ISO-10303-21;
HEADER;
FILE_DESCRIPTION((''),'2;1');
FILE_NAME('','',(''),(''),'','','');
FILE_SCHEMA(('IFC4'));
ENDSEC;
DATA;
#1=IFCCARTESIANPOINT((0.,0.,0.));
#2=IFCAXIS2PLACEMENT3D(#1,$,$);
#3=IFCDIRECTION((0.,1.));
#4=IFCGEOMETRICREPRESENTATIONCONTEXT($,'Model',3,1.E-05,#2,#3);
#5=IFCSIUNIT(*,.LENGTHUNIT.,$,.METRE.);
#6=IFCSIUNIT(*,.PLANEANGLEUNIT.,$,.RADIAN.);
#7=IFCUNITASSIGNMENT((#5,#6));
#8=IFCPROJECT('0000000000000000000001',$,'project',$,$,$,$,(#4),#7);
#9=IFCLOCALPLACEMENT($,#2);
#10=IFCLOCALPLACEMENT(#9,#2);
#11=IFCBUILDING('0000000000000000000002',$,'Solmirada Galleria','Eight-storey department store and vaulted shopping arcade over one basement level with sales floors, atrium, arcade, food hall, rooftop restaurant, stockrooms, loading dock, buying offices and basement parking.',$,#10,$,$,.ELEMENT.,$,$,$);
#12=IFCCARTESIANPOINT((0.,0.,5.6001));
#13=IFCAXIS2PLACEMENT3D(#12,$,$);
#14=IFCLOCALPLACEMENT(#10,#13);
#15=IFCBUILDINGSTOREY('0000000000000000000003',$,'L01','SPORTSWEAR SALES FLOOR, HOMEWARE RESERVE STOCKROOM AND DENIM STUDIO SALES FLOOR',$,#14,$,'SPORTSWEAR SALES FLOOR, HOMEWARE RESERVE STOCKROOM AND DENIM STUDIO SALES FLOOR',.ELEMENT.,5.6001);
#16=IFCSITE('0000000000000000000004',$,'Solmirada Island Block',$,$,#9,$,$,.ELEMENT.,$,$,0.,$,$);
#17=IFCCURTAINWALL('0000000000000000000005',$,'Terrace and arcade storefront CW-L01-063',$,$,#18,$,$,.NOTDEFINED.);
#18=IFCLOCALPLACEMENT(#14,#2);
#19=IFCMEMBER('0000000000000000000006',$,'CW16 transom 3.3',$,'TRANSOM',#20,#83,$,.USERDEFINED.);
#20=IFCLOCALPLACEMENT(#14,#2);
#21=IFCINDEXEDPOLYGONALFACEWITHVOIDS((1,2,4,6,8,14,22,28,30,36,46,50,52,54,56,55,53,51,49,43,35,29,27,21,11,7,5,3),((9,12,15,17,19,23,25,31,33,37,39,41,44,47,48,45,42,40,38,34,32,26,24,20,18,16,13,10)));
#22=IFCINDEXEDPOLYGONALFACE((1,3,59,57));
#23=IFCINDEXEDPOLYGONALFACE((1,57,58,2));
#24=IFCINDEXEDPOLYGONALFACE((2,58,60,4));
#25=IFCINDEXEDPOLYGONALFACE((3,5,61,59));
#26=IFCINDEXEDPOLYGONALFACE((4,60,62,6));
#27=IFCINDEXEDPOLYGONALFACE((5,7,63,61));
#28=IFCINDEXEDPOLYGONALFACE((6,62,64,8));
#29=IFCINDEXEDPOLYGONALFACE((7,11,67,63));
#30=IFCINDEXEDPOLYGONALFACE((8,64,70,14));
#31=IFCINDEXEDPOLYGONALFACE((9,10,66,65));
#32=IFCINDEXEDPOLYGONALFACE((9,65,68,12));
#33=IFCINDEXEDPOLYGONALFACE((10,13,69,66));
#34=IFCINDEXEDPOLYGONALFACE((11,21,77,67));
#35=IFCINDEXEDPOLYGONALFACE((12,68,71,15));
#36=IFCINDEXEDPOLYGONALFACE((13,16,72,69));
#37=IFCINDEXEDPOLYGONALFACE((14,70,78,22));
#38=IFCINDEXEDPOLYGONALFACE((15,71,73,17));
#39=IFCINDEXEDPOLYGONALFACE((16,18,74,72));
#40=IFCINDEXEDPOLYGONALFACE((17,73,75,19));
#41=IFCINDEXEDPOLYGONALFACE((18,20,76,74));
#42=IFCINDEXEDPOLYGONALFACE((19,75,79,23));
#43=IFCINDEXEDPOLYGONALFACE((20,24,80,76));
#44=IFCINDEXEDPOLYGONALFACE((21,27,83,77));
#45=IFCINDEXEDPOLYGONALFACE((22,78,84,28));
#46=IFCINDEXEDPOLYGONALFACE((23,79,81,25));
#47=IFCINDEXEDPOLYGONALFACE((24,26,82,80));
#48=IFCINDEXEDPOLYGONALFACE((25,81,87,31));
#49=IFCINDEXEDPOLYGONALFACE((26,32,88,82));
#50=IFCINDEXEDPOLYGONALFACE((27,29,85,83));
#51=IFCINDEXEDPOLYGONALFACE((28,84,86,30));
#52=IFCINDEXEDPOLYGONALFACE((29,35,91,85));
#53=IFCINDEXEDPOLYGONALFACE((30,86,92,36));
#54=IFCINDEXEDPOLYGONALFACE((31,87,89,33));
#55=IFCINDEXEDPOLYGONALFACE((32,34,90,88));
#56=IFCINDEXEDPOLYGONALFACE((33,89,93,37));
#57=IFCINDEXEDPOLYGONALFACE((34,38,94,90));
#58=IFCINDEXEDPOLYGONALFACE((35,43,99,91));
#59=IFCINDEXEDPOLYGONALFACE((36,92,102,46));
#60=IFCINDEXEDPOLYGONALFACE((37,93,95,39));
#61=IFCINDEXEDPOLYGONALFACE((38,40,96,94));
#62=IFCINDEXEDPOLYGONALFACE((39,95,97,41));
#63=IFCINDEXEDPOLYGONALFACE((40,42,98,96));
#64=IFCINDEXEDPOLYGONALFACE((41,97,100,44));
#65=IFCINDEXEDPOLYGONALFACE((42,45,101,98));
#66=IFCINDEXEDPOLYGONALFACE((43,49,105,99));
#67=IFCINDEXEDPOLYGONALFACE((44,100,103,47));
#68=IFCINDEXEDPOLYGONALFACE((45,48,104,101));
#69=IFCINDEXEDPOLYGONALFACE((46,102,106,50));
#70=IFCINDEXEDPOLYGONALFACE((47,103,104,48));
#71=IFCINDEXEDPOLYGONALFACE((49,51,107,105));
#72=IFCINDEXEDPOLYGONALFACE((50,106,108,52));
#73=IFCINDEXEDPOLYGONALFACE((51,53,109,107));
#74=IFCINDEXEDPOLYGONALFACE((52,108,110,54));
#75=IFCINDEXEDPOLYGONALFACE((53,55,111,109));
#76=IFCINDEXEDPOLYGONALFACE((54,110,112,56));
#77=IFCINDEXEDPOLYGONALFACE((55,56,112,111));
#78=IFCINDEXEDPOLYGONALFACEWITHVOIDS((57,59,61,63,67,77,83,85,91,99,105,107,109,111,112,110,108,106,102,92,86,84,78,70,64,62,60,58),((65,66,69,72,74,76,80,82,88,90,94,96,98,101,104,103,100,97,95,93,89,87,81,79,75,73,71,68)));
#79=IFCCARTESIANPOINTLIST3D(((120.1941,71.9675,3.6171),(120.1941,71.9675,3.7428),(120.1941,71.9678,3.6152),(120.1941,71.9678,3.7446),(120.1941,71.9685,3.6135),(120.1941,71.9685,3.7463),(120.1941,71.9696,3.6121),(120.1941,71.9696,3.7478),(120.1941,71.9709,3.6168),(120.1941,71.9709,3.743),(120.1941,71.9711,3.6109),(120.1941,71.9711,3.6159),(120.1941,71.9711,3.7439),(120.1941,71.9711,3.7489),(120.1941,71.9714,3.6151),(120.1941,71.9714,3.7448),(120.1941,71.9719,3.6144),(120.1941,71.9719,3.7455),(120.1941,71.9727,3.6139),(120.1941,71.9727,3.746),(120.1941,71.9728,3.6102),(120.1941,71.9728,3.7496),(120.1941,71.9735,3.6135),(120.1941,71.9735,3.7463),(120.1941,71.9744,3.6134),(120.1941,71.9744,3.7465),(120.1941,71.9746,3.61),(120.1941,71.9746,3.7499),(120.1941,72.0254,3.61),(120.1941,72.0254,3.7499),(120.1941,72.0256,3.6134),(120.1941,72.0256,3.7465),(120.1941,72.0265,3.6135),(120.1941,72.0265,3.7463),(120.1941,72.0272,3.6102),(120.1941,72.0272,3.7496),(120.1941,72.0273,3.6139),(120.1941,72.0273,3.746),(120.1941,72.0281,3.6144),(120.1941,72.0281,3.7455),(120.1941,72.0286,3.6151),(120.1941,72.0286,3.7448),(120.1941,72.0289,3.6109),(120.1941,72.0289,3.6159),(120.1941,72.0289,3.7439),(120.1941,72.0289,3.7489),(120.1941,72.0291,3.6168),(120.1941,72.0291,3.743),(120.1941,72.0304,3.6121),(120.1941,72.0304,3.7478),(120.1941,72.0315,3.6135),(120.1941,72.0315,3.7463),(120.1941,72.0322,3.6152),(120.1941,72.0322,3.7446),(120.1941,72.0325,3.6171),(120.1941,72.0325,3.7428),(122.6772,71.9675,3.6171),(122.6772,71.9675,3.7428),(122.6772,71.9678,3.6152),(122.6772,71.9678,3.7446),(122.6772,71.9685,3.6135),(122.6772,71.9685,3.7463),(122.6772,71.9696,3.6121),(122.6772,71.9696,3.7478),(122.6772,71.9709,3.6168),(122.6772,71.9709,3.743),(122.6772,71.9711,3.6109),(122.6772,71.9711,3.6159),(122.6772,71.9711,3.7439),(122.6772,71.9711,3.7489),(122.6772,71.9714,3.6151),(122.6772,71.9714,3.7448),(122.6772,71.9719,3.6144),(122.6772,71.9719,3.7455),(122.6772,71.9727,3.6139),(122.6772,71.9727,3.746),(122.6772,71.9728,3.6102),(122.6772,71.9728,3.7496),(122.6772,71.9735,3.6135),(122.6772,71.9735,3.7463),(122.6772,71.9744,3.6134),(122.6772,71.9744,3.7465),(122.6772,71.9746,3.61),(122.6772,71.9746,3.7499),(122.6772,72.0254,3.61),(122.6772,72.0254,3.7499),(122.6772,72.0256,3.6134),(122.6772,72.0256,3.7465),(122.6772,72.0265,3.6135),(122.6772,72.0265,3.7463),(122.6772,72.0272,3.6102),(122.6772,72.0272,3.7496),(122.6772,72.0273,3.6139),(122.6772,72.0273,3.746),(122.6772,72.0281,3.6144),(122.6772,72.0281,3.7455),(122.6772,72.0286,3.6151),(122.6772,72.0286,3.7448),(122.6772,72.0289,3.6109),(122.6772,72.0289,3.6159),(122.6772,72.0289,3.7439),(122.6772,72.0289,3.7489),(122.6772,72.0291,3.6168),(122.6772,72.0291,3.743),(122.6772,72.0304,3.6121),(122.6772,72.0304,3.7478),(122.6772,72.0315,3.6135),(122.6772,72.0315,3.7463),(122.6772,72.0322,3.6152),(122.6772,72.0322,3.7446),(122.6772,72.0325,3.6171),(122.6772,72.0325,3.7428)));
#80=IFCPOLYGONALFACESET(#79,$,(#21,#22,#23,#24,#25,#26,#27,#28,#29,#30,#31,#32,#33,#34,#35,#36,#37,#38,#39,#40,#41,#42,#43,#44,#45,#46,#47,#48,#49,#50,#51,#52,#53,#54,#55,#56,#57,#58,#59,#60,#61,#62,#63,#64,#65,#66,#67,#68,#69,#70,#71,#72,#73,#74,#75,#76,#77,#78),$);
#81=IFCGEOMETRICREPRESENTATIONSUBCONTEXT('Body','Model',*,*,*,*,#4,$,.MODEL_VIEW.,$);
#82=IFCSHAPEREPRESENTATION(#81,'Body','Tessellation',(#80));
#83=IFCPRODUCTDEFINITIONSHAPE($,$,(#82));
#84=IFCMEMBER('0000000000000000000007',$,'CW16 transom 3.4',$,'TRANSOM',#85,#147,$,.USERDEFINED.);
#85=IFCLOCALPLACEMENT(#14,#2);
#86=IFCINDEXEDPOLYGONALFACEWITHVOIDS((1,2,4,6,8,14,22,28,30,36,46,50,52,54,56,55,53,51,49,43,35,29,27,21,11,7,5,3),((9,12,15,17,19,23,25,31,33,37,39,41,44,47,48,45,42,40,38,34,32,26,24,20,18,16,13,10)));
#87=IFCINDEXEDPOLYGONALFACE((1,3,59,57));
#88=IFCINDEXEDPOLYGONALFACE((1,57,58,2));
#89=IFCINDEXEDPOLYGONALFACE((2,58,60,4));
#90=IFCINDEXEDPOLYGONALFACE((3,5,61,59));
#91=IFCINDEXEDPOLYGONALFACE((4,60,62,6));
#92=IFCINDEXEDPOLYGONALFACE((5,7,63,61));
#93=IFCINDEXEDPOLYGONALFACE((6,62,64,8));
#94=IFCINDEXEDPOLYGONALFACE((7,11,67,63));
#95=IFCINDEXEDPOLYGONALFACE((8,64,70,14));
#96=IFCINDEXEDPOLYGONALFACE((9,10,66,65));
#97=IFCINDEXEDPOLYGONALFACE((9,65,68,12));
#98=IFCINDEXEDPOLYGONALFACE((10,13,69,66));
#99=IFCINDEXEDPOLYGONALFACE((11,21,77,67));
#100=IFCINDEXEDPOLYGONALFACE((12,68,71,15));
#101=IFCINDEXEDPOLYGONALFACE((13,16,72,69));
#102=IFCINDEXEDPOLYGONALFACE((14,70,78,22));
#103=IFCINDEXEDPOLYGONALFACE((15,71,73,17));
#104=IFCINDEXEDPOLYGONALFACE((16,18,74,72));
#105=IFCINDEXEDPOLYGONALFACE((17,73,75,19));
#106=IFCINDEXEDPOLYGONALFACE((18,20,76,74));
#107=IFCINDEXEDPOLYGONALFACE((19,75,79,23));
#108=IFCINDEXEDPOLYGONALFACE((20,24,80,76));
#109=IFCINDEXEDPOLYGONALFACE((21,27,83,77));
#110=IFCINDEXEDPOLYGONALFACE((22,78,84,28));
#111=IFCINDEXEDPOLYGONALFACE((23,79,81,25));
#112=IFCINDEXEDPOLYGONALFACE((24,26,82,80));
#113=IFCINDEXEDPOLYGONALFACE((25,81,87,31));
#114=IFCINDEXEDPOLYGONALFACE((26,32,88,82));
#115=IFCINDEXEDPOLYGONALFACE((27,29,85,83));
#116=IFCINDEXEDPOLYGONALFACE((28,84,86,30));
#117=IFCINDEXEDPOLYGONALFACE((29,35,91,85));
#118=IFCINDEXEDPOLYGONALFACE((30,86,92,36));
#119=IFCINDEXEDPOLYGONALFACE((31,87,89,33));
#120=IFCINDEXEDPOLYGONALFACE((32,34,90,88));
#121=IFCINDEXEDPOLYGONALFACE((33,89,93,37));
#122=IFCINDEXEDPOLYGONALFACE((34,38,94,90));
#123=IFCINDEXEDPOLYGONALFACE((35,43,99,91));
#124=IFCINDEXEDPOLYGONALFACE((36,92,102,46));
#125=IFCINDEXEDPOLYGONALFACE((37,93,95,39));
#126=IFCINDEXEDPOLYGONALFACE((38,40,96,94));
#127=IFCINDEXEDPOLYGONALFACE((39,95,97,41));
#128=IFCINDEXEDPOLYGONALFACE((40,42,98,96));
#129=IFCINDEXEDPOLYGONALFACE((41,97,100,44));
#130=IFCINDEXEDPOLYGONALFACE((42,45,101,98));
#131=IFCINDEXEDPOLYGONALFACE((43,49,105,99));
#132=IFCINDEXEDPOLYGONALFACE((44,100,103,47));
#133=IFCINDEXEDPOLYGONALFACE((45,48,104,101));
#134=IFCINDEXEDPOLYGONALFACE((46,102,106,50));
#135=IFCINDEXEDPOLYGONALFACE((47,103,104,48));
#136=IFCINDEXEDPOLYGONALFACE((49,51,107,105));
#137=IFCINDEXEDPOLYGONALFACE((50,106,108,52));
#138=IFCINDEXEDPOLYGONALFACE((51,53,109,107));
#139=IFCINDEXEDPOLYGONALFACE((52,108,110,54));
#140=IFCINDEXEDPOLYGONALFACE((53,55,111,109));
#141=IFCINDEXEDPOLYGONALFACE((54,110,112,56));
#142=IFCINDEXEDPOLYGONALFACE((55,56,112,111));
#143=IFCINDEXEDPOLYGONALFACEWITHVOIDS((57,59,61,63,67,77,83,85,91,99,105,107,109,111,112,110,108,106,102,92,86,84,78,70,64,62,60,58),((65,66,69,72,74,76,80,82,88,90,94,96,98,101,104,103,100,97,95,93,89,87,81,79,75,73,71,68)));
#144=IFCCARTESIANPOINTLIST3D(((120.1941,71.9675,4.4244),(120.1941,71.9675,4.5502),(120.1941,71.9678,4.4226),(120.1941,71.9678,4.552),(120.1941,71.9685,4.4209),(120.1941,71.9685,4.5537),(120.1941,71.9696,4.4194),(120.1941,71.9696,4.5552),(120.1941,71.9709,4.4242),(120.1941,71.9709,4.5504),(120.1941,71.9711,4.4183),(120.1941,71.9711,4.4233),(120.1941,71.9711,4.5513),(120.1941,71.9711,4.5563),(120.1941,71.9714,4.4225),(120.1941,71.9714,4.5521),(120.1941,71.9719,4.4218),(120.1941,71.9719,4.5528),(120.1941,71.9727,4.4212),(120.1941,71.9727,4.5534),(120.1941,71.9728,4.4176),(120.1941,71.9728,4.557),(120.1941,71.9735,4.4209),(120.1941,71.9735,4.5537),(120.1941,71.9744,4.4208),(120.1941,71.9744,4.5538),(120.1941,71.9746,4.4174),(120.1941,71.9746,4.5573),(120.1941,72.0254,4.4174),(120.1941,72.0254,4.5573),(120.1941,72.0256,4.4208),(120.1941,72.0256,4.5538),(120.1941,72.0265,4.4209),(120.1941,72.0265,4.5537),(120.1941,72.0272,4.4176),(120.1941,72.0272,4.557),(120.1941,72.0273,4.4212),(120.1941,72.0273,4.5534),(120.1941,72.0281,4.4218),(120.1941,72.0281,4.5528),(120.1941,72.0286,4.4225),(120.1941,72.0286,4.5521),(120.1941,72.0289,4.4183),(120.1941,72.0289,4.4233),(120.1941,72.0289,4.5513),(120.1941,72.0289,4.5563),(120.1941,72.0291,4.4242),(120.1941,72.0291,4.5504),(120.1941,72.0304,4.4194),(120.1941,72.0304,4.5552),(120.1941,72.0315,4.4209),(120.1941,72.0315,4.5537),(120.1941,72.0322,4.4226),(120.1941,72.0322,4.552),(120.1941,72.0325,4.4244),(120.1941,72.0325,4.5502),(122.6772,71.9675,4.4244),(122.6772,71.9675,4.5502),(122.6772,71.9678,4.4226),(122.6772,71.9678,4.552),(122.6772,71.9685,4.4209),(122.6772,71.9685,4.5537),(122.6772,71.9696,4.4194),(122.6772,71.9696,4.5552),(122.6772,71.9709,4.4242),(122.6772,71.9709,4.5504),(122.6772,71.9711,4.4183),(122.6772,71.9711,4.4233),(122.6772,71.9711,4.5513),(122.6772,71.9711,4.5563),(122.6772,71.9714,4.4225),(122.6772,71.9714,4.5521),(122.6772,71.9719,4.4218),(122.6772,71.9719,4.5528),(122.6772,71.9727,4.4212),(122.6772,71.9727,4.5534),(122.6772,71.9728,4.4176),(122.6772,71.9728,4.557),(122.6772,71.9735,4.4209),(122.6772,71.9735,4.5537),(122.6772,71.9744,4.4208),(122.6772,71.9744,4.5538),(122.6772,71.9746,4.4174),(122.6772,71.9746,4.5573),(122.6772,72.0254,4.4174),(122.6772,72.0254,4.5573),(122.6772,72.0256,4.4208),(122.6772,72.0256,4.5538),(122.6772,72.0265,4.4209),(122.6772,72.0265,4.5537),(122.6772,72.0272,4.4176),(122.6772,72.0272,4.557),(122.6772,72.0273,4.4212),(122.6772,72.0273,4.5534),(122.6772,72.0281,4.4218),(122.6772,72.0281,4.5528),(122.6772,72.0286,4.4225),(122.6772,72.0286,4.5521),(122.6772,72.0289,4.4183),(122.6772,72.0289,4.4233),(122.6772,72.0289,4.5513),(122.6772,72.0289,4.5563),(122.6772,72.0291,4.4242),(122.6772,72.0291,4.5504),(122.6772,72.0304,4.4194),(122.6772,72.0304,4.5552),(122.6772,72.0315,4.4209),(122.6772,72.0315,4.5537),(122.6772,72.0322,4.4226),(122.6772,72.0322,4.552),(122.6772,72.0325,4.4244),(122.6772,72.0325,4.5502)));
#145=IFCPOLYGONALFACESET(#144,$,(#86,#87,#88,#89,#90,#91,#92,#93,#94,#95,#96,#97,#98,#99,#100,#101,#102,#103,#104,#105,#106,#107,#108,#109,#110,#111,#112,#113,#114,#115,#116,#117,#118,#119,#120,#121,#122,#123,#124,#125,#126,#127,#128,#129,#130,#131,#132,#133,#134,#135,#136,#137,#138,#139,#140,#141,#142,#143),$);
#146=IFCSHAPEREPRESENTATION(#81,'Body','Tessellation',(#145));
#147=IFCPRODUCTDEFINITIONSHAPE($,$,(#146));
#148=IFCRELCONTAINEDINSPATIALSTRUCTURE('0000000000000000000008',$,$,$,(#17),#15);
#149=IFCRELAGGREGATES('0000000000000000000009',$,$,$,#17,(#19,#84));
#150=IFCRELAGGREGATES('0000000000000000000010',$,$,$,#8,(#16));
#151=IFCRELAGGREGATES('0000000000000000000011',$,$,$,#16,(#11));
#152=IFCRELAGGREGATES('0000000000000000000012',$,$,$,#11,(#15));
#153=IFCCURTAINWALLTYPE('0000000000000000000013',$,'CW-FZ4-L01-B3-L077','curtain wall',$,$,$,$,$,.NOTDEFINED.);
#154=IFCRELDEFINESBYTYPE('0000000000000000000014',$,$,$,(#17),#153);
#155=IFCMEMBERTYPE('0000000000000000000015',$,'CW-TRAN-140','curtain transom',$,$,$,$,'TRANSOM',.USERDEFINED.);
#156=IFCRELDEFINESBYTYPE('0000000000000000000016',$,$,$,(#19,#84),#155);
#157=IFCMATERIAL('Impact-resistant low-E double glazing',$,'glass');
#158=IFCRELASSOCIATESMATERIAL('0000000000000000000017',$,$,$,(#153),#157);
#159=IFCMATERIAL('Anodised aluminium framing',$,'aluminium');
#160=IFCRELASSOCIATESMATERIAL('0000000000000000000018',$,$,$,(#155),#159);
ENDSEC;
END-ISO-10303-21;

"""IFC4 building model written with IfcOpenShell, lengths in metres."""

from ifc_helpers import new_model, si_unit, direction, frame, origin, origin_2d, place, context, subcontext, project, spatial, hollow_rectangle, extrude, material, material_profile, profile_set, type_object, element, aggregate, save


model = new_model("IFC4")

# Units and contexts
model_context = context("Model", 3, precision=1e-05, world=origin(), true_north=direction((0.0, 1.0)))
body_context = subcontext(model_context, "Body", "Model", "MODEL_VIEW")
ifc_project = project(units=[si_unit("LENGTHUNIT", "METRE"), si_unit("PLANEANGLEUNIT", "RADIAN")], contexts=[model_context])

# Site, building, storey
site_placement = place(None, origin())
site = spatial("IfcSite", under=ifc_project, at=site_placement, Name="Solmirada Island Block", CompositionType="ELEMENT", RefElevation=0.0)
building_placement = place(site_placement, origin())
building = spatial("IfcBuilding", under=site, at=building_placement, Name="Solmirada Galleria", Description="Eight-storey department store and vaulted shopping arcade over one basement level with sales floors, atrium, arcade, food hall, rooftop restaurant, stockrooms, loading dock, buying offices and basement parking.", CompositionType="ELEMENT")
storey_placement = place(building_placement, frame((0.0, 0.0, 5.6001)))
storey = spatial("IfcBuildingStorey", under=building, at=storey_placement, Name="L01", Description="SPORTSWEAR SALES FLOOR, HOMEWARE RESERVE STOCKROOM AND DENIM STUDIO SALES FLOOR", LongName="SPORTSWEAR SALES FLOOR, HOMEWARE RESERVE STOCKROOM AND DENIM STUDIO SALES FLOOR", CompositionType="ELEMENT", Elevation=5.6001)

# Curtain wall, members
ifc_material_1 = material(Name="Impact-resistant low-E double glazing", Category="glass")
ifc_material_2 = material(Name="Anodised aluminium framing", Category="aluminium")
curtain_wall_type_1 = type_object("IfcCurtainWallType", Name="CW-FZ4-L01-B3-L077", Description="curtain wall", PredefinedType="NOTDEFINED", material=ifc_material_1)
curtain_wall_1_placement = place(storey_placement, origin())
curtain_wall_1 = element("IfcCurtainWall", 1, at=curtain_wall_1_placement, inside=storey, type_object=curtain_wall_type_1, Name="Terrace and arcade storefront CW-L01-063", PredefinedType="NOTDEFINED")
ifc_material_profile_1 = material_profile(ifc_material_2, hollow_rectangle(XDim=0.0649, YDim=0.1399, WallThickness=0.0034, InnerFilletRadius=0.0034, OuterFilletRadius=0.0071, at=origin_2d()), Name="ALU-TRAN-140X65")
ifc_profile_set_1 = profile_set([ifc_material_profile_1], Name="Anodised aluminium framing")
member_type_1 = type_object("IfcMemberType", Name="CW-TRAN-140", Description="curtain transom", ElementType="TRANSOM", PredefinedType="USERDEFINED", material=ifc_profile_set_1)
member_1_placement = place(storey_placement, frame((122.6772, 72.0, 3.6799), z_axis=(-1.0, 0.0, 0.0), x_axis=(0.0, -1.0, 0.0)))
member_1 = element("IfcMember", 2, at=member_1_placement, type_object=member_type_1, Name="CW16 transom 3.3", ObjectType="TRANSOM", PredefinedType="USERDEFINED", context=body_context, shape_type="SweptSolid", body=[
    extrude(hollow_rectangle(XDim=0.0649, YDim=0.1399, WallThickness=0.0034, InnerFilletRadius=0.0034, OuterFilletRadius=0.0071, at=origin_2d()), origin(), (0.0, 0.0, 1.0), 2.4832),
])
member_2_placement = place(storey_placement, frame((122.6772, 72.0, 4.4873), z_axis=(-1.0, 0.0, 0.0), x_axis=(0.0, -1.0, 0.0)))
member_2 = element("IfcMember", 3, at=member_2_placement, type_object=member_type_1, Name="CW16 transom 3.4", ObjectType="TRANSOM", PredefinedType="USERDEFINED", context=body_context, shape_type="SweptSolid", body=[
    extrude(hollow_rectangle(XDim=0.0649, YDim=0.1399, WallThickness=0.0034, InnerFilletRadius=0.0034, OuterFilletRadius=0.0071, at=origin_2d()), origin(), (0.0, 0.0, 1.0), 2.4832),
])

aggregate(curtain_wall_1, [member_1, member_2])

save(model, "model.ifc")
